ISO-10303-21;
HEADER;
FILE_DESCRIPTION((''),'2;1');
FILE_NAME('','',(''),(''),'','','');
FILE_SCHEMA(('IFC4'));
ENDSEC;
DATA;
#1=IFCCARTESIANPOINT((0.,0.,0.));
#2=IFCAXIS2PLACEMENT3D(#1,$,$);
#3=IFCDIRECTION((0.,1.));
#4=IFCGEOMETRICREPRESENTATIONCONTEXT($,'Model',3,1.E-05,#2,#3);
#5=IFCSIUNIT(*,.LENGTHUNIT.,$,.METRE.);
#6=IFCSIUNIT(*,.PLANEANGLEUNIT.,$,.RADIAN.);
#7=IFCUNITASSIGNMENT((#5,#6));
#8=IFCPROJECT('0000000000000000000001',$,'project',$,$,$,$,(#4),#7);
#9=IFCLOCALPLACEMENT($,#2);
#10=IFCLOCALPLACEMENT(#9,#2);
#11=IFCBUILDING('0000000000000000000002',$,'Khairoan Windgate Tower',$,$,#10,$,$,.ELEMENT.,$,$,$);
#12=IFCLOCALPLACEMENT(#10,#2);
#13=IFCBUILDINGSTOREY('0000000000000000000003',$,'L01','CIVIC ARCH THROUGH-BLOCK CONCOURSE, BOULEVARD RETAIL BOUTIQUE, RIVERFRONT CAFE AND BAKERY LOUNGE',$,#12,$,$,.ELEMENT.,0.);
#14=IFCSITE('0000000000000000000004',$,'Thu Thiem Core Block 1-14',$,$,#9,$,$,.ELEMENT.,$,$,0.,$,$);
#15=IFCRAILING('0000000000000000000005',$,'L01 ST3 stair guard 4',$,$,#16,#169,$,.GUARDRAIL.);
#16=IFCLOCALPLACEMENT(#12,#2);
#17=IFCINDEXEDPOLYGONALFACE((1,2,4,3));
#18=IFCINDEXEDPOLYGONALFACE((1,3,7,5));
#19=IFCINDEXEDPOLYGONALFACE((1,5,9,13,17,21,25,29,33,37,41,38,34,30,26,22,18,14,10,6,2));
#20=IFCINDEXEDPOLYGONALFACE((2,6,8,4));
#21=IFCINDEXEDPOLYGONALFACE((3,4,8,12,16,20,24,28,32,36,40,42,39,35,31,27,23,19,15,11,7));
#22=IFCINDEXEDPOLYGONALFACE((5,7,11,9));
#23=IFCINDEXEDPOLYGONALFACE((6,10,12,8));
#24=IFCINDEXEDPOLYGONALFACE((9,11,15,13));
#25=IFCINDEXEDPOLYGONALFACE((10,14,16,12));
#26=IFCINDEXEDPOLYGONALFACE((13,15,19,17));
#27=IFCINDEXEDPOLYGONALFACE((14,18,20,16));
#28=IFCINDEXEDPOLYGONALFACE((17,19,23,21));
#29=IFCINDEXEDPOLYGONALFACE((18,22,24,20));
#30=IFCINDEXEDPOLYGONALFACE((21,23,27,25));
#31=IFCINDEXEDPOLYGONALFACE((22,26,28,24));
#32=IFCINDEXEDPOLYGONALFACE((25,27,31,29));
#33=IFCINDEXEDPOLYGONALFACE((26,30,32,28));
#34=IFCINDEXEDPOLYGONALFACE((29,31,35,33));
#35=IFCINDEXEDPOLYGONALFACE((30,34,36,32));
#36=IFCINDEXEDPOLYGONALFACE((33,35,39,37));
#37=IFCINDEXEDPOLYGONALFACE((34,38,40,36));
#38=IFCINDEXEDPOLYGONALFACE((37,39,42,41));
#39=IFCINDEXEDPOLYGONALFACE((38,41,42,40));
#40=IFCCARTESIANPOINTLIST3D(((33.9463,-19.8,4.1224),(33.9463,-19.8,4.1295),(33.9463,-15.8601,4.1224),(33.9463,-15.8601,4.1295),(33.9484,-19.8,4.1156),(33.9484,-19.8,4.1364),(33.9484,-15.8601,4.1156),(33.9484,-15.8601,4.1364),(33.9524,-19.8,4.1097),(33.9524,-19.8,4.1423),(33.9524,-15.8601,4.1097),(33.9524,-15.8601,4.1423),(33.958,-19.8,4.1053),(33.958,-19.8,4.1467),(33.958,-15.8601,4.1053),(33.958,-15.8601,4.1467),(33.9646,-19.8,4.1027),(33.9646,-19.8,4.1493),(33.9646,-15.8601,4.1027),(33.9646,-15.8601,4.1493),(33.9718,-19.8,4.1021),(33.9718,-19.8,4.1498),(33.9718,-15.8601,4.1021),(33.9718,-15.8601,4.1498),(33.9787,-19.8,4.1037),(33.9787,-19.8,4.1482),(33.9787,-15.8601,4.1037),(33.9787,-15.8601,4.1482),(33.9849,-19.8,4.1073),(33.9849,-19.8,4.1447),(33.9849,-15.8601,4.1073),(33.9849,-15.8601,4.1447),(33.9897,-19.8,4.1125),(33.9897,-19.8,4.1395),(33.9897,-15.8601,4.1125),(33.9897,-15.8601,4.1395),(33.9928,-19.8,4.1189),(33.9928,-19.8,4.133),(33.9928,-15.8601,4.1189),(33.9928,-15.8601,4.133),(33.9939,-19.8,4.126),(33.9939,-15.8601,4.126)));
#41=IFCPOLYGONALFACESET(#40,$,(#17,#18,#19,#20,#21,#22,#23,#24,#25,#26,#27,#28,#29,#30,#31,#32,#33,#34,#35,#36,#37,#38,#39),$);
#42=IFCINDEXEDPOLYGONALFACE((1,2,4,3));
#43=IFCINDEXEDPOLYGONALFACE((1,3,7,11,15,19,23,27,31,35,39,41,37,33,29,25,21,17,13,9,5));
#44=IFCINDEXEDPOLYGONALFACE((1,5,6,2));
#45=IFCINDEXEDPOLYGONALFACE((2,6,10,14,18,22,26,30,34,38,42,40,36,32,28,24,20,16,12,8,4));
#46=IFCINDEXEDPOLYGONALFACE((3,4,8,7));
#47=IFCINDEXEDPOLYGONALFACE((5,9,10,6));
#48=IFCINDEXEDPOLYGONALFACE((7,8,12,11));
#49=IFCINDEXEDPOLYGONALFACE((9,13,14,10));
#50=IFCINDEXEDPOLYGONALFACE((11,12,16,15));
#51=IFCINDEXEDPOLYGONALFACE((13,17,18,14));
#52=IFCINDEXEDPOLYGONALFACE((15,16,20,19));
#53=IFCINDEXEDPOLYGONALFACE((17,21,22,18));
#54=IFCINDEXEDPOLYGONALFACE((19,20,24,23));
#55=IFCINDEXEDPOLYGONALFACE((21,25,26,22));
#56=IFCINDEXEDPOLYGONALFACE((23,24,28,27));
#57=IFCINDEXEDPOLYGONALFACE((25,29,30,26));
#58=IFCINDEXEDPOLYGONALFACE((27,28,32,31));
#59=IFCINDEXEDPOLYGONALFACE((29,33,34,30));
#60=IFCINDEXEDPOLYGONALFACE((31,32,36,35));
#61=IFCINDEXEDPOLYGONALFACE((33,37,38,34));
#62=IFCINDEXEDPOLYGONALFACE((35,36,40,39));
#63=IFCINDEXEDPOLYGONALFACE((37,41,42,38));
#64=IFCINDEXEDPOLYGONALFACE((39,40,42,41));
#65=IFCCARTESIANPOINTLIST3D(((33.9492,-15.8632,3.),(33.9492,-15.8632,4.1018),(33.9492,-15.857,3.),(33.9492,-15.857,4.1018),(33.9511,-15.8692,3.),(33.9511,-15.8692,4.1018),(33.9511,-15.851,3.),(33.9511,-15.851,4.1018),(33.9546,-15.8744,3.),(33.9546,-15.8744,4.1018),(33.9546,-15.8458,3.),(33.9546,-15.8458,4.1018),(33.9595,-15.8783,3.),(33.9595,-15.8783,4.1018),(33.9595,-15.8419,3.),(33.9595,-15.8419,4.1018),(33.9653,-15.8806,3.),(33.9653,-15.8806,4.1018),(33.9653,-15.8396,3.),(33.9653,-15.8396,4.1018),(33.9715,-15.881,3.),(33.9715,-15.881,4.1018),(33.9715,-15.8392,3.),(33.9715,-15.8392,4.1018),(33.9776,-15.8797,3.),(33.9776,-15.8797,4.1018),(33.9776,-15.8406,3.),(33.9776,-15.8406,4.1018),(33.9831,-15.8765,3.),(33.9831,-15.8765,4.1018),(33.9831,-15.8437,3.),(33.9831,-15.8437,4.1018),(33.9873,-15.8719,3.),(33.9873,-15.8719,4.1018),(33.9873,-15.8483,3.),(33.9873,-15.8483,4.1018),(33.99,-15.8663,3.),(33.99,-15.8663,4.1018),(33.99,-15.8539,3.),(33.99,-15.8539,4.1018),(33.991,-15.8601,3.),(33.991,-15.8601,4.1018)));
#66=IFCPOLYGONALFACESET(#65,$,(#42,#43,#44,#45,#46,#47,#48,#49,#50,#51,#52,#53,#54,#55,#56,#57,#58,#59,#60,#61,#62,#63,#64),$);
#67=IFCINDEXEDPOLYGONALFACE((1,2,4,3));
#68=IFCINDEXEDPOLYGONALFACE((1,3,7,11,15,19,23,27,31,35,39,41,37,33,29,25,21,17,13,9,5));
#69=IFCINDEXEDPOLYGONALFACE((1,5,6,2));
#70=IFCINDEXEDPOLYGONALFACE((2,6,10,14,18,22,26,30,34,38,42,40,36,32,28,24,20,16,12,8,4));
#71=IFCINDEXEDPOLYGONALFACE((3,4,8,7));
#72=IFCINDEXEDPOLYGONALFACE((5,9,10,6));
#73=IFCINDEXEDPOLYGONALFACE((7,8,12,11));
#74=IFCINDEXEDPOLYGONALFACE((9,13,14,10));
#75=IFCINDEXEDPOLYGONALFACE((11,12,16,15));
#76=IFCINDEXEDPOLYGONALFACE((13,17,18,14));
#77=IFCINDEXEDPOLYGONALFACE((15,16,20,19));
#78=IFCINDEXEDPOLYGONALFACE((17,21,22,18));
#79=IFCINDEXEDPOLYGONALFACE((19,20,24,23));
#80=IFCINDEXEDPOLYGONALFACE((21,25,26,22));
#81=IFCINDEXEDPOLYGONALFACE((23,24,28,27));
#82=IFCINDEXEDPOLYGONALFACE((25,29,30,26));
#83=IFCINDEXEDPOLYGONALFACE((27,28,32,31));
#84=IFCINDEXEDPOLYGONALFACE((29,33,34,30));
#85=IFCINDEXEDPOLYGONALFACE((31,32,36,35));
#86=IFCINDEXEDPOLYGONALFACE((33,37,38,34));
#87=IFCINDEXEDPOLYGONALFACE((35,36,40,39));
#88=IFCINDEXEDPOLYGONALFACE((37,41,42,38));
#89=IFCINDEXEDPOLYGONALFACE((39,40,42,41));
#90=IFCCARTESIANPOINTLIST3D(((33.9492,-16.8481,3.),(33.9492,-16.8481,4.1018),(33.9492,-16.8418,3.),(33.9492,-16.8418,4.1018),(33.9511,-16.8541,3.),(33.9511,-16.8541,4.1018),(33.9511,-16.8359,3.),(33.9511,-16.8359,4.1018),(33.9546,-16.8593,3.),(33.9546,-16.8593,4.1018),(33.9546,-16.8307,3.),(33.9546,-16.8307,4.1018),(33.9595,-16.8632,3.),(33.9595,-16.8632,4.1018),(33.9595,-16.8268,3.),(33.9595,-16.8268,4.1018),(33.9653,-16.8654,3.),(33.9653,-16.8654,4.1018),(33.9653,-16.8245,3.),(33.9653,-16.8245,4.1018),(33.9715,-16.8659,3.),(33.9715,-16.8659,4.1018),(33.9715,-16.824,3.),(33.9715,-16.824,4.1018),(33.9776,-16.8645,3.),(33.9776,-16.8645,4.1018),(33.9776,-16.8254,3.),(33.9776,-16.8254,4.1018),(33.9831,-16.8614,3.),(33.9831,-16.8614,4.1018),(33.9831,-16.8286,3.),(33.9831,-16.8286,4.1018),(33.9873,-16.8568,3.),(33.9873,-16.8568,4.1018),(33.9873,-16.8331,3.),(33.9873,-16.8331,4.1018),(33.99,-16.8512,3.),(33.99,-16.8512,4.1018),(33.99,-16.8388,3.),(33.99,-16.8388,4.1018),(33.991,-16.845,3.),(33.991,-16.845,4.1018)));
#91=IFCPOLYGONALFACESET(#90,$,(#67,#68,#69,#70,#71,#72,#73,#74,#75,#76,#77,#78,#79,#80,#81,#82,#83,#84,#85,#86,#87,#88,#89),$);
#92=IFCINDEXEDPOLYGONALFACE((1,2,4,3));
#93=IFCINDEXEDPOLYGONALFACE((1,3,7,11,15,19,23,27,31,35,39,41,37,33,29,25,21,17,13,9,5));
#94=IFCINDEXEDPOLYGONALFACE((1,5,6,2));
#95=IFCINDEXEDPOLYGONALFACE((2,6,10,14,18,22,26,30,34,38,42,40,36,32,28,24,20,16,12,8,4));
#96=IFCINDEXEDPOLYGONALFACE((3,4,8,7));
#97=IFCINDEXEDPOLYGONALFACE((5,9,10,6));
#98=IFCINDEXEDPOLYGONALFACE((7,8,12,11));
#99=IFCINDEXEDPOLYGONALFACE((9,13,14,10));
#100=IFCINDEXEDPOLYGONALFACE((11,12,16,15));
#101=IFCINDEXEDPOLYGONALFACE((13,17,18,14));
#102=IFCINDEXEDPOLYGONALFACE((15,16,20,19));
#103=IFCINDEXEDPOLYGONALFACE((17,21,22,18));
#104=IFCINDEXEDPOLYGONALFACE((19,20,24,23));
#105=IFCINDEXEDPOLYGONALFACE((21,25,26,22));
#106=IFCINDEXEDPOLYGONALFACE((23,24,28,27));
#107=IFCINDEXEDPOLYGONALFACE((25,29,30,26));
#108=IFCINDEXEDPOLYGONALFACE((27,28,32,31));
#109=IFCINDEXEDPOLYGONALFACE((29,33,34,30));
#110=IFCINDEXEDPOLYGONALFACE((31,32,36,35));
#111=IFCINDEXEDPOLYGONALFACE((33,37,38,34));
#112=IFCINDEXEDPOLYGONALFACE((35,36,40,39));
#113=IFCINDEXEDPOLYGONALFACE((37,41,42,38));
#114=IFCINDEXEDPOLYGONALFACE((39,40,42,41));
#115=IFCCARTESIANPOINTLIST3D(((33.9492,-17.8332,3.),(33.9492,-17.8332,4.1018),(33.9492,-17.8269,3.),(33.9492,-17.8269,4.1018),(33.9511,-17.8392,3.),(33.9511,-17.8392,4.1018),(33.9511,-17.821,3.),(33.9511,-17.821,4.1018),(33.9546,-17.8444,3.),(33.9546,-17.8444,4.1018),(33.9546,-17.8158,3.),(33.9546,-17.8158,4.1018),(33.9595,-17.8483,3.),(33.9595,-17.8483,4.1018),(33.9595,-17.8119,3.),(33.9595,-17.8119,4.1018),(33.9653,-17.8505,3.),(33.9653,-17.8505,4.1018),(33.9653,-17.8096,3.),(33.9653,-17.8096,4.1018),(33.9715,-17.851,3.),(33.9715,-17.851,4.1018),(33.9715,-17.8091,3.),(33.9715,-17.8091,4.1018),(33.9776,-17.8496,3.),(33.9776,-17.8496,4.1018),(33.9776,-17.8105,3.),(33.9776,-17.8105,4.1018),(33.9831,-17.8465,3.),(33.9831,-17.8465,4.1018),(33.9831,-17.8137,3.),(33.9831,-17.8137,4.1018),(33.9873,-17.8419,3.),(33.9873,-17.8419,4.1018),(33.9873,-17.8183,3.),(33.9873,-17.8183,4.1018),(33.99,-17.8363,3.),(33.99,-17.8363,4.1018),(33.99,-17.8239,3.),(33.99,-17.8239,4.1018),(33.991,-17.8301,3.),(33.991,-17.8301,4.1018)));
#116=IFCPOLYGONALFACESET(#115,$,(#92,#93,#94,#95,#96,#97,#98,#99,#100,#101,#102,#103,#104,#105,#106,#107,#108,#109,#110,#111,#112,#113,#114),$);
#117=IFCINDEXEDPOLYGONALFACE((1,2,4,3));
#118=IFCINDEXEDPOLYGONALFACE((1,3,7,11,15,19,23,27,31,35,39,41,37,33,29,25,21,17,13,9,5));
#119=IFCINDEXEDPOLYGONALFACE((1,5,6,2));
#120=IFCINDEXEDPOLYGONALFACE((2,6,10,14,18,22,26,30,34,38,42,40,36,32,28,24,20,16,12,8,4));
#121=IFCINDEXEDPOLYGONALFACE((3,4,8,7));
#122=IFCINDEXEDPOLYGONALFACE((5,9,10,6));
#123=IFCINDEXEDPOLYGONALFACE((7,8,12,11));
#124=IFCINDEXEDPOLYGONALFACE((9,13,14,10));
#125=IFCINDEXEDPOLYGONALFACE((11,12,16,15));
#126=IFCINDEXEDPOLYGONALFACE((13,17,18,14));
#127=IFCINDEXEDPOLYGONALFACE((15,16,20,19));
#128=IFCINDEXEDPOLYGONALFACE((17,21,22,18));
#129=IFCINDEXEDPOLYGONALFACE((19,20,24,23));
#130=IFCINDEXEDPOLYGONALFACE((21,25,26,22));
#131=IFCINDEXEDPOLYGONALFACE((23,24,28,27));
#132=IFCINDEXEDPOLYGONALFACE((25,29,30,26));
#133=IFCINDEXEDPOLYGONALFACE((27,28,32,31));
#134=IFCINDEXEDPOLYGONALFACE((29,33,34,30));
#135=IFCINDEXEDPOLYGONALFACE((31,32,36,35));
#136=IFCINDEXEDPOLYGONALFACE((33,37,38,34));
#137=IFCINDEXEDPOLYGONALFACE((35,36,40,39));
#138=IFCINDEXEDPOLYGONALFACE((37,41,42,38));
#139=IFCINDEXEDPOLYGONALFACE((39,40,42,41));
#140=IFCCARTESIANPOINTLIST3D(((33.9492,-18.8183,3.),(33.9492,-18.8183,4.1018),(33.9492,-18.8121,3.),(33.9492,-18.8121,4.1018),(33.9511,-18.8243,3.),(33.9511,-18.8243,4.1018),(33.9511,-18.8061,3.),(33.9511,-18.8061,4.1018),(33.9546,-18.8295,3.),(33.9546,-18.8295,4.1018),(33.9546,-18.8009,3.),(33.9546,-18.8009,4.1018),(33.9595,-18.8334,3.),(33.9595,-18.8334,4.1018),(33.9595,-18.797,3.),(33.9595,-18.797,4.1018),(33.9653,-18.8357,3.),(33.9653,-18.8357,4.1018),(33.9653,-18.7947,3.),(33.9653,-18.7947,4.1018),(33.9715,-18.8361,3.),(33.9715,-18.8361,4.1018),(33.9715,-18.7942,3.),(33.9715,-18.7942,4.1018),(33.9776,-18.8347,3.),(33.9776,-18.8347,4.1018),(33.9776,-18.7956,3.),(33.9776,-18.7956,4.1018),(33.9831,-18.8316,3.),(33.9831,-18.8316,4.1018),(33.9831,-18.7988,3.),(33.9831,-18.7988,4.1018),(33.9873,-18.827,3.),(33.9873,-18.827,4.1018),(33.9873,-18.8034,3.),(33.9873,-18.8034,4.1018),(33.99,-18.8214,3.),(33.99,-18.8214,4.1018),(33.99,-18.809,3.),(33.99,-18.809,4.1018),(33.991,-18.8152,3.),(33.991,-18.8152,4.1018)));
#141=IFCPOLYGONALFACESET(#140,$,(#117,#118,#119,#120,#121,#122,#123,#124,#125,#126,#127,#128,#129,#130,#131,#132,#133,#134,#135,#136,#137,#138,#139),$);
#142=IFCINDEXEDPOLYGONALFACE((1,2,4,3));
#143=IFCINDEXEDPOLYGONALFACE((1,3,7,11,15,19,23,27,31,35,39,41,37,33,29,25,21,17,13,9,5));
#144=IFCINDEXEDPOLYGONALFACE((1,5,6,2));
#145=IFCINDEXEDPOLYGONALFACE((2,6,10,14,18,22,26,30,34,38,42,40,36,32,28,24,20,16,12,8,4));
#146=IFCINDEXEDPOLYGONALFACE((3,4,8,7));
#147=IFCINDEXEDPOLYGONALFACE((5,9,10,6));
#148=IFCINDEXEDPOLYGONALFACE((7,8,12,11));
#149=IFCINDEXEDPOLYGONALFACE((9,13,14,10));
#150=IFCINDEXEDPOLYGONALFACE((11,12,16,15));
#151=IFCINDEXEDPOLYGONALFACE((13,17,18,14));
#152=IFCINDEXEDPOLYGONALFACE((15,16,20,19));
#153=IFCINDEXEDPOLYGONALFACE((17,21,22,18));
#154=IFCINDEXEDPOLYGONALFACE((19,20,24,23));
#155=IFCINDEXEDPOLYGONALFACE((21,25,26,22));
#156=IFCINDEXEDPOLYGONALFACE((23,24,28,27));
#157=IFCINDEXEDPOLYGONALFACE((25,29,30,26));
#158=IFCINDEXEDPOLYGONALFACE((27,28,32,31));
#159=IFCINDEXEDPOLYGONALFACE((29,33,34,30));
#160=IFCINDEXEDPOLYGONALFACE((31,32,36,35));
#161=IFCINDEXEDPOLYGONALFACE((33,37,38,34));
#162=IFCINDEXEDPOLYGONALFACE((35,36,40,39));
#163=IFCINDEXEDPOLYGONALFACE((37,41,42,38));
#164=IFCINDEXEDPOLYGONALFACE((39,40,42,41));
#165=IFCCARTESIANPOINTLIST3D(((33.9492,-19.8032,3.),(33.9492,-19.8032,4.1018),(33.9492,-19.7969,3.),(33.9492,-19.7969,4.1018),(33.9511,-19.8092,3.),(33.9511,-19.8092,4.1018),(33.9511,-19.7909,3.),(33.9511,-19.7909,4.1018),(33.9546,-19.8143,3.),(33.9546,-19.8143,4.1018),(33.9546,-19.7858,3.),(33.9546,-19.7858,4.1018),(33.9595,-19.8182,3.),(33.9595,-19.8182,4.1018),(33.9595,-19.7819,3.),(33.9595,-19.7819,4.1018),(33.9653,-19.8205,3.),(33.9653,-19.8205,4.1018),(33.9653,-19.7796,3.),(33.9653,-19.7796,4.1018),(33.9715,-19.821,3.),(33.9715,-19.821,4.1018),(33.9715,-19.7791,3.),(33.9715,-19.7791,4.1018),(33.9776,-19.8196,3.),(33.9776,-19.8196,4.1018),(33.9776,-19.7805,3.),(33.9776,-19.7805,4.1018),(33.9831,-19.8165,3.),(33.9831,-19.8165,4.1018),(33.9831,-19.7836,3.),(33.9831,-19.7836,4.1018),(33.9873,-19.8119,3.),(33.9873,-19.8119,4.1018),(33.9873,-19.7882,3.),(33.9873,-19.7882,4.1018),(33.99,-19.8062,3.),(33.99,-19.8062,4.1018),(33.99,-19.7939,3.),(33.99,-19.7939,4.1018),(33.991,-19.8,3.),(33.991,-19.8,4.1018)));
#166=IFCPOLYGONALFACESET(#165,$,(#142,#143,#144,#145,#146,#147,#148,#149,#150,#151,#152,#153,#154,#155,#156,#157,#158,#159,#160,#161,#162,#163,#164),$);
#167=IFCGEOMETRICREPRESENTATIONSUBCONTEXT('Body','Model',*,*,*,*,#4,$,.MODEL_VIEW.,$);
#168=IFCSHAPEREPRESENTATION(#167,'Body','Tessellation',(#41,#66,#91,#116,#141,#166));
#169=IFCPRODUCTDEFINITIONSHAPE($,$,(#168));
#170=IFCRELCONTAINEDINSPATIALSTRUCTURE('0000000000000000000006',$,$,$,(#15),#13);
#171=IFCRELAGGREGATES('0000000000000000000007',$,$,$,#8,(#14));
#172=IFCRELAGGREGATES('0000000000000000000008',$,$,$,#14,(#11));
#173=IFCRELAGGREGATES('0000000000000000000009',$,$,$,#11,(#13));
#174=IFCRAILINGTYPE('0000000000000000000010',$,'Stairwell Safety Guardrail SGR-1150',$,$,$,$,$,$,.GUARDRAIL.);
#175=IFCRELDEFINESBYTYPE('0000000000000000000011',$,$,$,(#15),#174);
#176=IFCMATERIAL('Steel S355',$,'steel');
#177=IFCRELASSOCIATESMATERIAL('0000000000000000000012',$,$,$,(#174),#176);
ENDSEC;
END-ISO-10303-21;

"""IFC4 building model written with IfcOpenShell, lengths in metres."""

from ifc_helpers import new_model, si_unit, direction, frame, origin, origin_2d, place, context, subcontext, project, spatial, circle, extrude, material, type_object, element, save


model = new_model("IFC4")

# Units and contexts
model_context = context("Model", 3, precision=1e-05, world=origin(), true_north=direction((0.0, 1.0)))
body_context = subcontext(model_context, "Body", "Model", "MODEL_VIEW")
ifc_project = project(units=[si_unit("LENGTHUNIT", "METRE"), si_unit("PLANEANGLEUNIT", "RADIAN")], contexts=[model_context])

# Site, building, storey
site_placement = place(None, origin())
site = spatial("IfcSite", under=ifc_project, at=site_placement, Name="Thu Thiem Core Block 1-14", CompositionType="ELEMENT", RefElevation=0.0)
building_placement = place(site_placement, origin())
building = spatial("IfcBuilding", under=site, at=building_placement, Name="Khairoan Windgate Tower", CompositionType="ELEMENT")
storey_placement = place(building_placement, origin())
storey = spatial("IfcBuildingStorey", under=building, at=storey_placement, Name="L01", Description="CIVIC ARCH THROUGH-BLOCK CONCOURSE, BOULEVARD RETAIL BOUTIQUE, RIVERFRONT CAFE AND BAKERY LOUNGE", CompositionType="ELEMENT", Elevation=0.0)

# Railing
ifc_material_1 = material(Name="Steel S355", Category="steel")
railing_type_1 = type_object("IfcRailingType", Name="Stairwell Safety Guardrail SGR-1150", PredefinedType="GUARDRAIL", material=ifc_material_1)
railing_1_placement = place(storey_placement, frame((33.97, -15.8601, 3.0)))
element("IfcRailing", 1, at=railing_1_placement, inside=storey, type_object=railing_type_1, Name="L01 ST3 stair guard 4", PredefinedType="GUARDRAIL", context=body_context, shape_type="SweptSolid", body=[
    extrude(circle(Radius=0.0239, at=origin_2d()), frame((0.0, 0.0, 1.126), z_axis=(0.0, -1.0, 0.0), x_axis=(1.0, 0.0, 0.0)), (0.0, 0.0, 1.0), 3.9399),
    extrude(circle(Radius=0.021, at=origin_2d()), origin(), (0.0, 0.0, 1.0), 1.1018),
    extrude(circle(Radius=0.021, at=origin_2d()), frame((0.0, -0.9849, 0.0)), (0.0, 0.0, 1.0), 1.1018),
    extrude(circle(Radius=0.021, at=origin_2d()), frame((0.0, -1.97, 0.0)), (0.0, 0.0, 1.0), 1.1018),
    extrude(circle(Radius=0.021, at=origin_2d()), frame((0.0, -2.9551, 0.0)), (0.0, 0.0, 1.0), 1.1018),
    extrude(circle(Radius=0.021, at=origin_2d()), frame((0.0, -3.9399, 0.0)), (0.0, 0.0, 1.0), 1.1018),
])

save(model, "model.ifc")
